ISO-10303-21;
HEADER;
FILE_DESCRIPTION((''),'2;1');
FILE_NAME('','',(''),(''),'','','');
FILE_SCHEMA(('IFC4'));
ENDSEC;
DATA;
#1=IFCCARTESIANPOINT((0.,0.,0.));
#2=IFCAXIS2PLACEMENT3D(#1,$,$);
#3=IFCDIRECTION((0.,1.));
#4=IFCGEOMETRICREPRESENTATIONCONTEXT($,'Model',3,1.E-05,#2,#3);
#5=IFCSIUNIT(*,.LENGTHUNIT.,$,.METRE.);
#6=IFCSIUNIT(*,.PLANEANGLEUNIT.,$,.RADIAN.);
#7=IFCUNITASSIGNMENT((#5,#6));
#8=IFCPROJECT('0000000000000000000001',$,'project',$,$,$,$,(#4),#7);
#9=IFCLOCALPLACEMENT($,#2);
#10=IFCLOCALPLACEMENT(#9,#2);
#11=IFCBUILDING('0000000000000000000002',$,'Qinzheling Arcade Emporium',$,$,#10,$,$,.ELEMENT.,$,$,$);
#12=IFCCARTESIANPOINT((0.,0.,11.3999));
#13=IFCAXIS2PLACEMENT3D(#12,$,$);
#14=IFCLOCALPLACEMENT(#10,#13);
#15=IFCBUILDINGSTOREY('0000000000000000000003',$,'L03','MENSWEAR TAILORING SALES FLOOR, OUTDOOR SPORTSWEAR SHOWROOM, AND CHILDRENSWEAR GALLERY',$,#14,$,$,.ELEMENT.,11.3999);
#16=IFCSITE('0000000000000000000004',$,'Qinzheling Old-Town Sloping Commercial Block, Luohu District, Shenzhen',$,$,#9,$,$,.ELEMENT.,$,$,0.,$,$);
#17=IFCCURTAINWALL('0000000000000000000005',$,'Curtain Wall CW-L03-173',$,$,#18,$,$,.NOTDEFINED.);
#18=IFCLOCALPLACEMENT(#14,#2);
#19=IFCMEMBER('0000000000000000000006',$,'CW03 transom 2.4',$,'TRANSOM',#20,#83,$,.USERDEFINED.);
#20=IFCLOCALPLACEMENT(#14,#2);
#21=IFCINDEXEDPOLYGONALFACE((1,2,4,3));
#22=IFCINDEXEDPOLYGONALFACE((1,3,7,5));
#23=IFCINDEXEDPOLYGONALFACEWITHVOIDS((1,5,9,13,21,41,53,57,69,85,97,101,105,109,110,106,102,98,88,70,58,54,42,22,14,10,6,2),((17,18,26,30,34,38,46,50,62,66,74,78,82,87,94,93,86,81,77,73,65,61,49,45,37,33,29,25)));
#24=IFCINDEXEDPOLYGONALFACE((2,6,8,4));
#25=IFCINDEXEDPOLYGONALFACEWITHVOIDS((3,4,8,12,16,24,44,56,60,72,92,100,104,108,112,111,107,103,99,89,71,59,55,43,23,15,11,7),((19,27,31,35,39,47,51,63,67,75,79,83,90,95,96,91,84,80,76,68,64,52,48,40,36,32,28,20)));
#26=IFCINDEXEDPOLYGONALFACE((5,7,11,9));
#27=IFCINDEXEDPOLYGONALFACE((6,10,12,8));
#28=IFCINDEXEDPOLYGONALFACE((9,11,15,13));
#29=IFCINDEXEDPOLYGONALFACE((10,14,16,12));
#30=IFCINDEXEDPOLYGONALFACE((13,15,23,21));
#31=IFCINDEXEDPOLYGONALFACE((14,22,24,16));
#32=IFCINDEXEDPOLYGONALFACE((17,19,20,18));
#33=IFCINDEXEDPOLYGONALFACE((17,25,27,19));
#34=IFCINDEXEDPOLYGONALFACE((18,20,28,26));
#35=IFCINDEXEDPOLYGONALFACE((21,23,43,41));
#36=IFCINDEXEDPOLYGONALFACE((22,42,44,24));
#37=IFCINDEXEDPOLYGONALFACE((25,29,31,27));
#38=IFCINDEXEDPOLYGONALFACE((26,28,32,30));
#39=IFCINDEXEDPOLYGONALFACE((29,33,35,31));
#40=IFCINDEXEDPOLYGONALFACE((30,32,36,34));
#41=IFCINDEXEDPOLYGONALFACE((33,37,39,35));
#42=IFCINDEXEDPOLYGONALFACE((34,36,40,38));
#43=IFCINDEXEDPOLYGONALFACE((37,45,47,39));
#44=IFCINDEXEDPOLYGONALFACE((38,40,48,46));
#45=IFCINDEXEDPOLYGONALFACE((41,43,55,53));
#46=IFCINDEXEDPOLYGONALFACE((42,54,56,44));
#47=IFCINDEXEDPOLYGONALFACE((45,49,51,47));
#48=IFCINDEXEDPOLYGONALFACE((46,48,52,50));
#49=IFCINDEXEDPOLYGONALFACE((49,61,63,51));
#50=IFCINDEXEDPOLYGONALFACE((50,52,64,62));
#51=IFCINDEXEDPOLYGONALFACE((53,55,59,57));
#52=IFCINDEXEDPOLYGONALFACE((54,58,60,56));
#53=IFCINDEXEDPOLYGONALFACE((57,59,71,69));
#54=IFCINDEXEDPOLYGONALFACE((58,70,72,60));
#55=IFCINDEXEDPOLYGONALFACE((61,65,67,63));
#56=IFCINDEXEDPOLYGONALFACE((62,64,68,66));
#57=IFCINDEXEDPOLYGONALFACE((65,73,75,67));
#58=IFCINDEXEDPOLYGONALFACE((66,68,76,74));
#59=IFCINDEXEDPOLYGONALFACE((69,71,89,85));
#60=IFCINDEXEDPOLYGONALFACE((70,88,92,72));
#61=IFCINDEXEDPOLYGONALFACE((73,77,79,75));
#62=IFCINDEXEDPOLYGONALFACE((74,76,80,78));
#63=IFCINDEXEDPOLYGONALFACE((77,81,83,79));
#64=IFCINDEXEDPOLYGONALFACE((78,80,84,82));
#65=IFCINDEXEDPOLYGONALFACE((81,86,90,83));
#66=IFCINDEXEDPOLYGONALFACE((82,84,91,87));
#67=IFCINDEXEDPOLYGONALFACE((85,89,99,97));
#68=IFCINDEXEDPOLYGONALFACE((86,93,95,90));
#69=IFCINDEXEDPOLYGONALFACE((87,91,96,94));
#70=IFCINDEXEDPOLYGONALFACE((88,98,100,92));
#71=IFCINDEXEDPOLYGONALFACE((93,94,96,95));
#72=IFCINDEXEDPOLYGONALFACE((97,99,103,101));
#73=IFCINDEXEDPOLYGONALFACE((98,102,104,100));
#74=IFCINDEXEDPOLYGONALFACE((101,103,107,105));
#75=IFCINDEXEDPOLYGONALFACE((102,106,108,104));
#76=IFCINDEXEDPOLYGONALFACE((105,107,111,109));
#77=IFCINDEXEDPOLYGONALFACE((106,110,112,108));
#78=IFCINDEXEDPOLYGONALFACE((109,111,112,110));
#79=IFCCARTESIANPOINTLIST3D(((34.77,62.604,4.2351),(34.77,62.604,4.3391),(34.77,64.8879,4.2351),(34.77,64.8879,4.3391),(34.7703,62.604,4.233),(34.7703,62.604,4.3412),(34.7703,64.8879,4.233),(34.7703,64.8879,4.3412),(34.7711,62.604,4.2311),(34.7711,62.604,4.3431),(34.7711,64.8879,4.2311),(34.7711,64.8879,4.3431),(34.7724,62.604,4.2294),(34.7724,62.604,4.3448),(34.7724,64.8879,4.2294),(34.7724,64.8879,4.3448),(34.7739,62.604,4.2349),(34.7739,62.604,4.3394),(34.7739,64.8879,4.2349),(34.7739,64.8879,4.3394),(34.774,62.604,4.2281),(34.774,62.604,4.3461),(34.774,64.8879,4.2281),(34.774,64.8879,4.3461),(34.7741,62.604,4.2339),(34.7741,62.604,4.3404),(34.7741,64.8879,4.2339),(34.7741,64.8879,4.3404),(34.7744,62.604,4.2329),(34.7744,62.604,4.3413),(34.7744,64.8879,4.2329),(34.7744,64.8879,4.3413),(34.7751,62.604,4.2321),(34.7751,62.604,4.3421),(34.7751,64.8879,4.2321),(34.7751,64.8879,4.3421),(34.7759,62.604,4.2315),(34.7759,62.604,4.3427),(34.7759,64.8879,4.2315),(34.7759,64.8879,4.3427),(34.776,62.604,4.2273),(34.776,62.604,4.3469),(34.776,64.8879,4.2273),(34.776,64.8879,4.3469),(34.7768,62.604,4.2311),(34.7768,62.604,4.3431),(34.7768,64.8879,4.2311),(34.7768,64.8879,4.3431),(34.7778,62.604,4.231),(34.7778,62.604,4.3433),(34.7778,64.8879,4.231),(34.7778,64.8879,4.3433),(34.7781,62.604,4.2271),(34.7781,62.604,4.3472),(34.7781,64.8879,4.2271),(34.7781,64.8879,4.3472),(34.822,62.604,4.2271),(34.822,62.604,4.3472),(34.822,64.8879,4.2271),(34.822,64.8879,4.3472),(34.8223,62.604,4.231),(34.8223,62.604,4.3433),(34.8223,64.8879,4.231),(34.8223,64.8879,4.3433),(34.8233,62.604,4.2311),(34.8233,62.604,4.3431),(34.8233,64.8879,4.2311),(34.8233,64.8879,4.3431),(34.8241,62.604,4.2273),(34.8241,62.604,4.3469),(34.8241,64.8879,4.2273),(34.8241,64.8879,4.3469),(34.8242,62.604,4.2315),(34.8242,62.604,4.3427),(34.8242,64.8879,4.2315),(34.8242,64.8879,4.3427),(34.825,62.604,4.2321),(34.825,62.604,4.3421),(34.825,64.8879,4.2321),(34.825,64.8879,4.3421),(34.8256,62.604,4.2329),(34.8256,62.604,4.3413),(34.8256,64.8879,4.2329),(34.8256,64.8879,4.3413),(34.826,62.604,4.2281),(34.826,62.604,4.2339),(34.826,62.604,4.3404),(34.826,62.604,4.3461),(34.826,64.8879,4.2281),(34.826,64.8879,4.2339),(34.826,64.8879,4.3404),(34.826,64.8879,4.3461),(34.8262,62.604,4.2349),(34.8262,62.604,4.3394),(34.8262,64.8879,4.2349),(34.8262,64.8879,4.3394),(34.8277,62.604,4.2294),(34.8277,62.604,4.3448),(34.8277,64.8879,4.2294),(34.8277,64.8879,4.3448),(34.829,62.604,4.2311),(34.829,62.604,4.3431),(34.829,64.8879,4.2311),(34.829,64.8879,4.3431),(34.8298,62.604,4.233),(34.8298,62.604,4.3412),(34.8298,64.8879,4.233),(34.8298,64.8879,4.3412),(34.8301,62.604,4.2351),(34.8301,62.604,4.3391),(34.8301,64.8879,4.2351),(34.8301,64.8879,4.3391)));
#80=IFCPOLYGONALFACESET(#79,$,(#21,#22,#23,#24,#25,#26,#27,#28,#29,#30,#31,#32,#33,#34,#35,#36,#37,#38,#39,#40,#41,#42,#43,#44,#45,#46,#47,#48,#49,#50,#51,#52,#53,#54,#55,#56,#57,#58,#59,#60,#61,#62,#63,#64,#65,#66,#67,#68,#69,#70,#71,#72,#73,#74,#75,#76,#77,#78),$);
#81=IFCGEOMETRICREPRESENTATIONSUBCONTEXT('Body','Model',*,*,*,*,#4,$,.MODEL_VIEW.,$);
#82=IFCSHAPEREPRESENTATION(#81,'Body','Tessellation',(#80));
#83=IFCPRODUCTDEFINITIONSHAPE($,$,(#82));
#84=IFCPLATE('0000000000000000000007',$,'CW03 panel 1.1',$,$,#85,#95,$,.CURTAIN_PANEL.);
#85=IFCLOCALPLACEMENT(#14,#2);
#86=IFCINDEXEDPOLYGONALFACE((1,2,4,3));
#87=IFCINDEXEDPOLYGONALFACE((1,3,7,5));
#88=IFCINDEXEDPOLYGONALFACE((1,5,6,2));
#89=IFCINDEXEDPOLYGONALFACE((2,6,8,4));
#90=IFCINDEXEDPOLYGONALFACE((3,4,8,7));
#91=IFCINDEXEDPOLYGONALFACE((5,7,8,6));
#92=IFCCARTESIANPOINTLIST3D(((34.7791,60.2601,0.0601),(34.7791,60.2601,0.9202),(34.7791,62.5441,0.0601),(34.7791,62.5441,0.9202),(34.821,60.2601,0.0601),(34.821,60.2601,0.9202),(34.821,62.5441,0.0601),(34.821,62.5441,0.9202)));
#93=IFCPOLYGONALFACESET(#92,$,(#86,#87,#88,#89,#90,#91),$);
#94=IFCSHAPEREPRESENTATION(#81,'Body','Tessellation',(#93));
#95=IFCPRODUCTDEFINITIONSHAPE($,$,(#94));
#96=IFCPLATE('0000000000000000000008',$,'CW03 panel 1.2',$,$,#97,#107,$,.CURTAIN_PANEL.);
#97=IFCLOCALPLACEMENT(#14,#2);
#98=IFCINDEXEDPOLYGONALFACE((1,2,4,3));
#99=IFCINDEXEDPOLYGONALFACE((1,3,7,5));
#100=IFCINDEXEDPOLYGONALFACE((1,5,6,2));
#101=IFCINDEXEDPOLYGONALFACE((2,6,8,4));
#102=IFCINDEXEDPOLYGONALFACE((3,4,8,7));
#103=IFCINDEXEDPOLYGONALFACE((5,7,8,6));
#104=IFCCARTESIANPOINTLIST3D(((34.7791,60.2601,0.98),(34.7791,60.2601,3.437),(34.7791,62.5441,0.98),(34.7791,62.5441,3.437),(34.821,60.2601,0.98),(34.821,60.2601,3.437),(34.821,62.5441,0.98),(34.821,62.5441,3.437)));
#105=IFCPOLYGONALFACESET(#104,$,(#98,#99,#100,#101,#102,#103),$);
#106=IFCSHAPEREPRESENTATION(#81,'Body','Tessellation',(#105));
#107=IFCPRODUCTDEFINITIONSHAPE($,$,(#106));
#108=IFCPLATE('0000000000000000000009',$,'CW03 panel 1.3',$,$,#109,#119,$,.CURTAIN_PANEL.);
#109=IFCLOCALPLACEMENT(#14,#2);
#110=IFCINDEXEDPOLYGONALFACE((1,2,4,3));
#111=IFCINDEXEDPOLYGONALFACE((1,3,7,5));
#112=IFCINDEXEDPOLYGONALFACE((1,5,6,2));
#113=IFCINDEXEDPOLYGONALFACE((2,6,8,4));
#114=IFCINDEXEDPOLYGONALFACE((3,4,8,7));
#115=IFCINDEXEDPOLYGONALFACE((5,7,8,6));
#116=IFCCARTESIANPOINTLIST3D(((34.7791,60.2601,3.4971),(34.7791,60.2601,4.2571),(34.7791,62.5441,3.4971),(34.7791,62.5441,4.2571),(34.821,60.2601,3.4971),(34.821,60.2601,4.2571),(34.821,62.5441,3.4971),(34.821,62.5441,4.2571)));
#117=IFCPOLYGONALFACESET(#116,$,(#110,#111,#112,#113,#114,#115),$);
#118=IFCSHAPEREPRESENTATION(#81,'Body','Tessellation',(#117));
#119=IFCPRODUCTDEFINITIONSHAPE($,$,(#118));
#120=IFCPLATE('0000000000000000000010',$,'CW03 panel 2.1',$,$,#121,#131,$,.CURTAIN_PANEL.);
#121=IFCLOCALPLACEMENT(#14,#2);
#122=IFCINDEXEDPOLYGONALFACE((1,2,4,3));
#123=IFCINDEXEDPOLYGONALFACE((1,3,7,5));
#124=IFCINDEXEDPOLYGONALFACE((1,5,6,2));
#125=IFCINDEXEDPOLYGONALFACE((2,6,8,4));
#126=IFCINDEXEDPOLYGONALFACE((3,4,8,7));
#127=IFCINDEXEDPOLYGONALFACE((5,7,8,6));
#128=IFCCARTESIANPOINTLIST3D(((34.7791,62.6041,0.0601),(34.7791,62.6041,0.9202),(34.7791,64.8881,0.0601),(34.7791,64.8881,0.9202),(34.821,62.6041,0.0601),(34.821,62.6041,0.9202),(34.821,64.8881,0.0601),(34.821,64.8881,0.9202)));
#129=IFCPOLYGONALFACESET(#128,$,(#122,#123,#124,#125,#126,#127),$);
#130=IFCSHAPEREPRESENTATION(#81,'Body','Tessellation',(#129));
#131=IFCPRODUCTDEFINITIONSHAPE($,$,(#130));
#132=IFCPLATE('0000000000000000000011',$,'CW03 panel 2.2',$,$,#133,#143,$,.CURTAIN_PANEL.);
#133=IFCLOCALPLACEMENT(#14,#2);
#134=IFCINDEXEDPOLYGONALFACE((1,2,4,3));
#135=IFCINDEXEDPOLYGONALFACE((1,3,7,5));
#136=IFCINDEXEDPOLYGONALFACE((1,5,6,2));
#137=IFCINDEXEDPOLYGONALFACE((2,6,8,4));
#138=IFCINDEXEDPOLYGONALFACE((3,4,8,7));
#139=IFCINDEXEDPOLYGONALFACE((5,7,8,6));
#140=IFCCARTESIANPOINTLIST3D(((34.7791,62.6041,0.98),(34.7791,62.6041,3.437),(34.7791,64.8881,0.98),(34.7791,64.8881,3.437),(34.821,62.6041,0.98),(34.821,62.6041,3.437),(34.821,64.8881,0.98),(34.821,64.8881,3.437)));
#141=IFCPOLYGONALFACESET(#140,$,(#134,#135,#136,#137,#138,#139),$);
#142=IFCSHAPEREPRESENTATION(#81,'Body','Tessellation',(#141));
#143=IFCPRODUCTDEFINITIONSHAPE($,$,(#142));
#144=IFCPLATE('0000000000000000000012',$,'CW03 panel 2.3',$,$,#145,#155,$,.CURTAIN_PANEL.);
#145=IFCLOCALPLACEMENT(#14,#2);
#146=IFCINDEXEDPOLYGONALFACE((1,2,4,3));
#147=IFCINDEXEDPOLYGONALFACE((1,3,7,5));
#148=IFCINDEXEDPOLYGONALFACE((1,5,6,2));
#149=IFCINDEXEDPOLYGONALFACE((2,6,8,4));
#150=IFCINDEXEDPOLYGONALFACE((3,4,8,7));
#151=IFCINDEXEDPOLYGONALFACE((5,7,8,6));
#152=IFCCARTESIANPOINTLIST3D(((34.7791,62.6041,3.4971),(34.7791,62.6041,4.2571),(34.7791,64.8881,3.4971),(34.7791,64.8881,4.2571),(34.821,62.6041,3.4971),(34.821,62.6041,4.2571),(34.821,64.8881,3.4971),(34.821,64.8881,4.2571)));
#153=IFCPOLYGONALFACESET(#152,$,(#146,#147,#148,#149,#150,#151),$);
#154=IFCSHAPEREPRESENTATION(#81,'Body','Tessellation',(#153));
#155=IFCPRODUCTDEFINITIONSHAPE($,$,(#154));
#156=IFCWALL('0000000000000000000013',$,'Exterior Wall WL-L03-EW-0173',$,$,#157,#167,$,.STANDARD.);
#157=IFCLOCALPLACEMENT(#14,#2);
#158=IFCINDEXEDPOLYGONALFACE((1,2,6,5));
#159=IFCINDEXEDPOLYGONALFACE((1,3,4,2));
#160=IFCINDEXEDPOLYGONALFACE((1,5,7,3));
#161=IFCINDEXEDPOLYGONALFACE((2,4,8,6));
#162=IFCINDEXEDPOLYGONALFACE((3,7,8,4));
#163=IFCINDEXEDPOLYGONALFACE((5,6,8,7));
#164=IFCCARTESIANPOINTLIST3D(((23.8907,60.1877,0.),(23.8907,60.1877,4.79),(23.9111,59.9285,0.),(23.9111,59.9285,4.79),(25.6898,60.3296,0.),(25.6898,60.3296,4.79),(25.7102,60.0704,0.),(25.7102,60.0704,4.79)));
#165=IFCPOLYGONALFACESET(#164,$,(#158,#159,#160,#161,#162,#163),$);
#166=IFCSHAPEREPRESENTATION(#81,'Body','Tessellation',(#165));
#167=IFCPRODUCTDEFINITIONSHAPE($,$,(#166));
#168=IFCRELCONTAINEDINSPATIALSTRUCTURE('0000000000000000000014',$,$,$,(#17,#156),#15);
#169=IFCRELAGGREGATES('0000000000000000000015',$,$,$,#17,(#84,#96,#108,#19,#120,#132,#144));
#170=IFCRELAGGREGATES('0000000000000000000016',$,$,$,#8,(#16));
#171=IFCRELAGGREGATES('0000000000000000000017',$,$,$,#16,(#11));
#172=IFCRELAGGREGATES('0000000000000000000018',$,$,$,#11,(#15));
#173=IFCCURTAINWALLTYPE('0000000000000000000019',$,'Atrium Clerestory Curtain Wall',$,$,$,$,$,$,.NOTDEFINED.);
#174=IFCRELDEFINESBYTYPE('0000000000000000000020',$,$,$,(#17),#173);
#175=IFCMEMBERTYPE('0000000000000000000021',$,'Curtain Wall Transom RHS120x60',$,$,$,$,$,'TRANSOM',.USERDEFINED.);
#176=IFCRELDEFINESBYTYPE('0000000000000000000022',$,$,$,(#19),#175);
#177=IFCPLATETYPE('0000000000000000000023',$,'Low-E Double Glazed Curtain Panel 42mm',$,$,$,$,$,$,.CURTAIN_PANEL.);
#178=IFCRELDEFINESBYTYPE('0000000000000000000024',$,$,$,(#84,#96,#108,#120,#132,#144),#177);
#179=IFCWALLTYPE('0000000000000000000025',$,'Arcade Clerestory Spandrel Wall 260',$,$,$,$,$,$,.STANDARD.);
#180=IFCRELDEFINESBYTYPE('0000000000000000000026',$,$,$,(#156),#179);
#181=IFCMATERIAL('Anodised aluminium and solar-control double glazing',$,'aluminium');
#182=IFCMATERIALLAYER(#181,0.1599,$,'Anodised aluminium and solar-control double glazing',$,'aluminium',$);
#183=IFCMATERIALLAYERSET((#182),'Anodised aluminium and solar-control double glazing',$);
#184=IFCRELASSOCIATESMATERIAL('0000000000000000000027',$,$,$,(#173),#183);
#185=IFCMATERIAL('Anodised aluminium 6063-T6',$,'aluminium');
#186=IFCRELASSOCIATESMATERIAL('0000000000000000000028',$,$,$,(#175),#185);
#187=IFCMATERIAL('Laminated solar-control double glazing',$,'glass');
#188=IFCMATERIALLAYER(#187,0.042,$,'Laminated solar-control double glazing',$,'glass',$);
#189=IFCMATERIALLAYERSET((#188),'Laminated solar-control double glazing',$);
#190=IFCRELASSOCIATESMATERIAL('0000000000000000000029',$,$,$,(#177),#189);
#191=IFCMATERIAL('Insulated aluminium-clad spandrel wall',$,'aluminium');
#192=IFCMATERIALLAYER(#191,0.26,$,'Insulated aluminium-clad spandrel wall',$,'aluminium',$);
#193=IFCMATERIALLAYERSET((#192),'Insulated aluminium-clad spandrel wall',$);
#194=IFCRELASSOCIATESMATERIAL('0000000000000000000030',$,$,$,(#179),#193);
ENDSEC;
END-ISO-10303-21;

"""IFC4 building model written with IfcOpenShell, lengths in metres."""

from ifc_helpers import new_model, si_unit, direction, frame, frame_2d, origin, origin_2d, place, context, subcontext, project, spatial, rectangle, hollow_rectangle, extrude, material, layer, layer_set, material_profile, profile_set, type_object, element, aggregate, save


model = new_model("IFC4")

# Units and contexts
model_context = context("Model", 3, precision=1e-05, world=origin(), true_north=direction((0.0, 1.0)))
body_context = subcontext(model_context, "Body", "Model", "MODEL_VIEW")
ifc_project = project(units=[si_unit("LENGTHUNIT", "METRE"), si_unit("PLANEANGLEUNIT", "RADIAN")], contexts=[model_context])

# Site, building, storey
site_placement = place(None, origin())
site = spatial("IfcSite", under=ifc_project, at=site_placement, Name="Qinzheling Old-Town Sloping Commercial Block, Luohu District, Shenzhen", CompositionType="ELEMENT", RefElevation=0.0)
building_placement = place(site_placement, origin())
building = spatial("IfcBuilding", under=site, at=building_placement, Name="Qinzheling Arcade Emporium", CompositionType="ELEMENT")
storey_placement = place(building_placement, frame((0.0, 0.0, 11.3999)))
storey = spatial("IfcBuildingStorey", under=building, at=storey_placement, Name="L03", Description="MENSWEAR TAILORING SALES FLOOR, OUTDOOR SPORTSWEAR SHOWROOM, AND CHILDRENSWEAR GALLERY", CompositionType="ELEMENT", Elevation=11.3999)

# Curtain wall, member, plates
ifc_material_1 = material(Name="Anodised aluminium and solar-control double glazing", Category="aluminium")
ifc_layer_1 = layer(ifc_material_1, 0.1599, Name="Anodised aluminium and solar-control double glazing", Category="aluminium")
ifc_layer_set_1 = layer_set([ifc_layer_1], Name="Anodised aluminium and solar-control double glazing")
curtain_wall_type = type_object("IfcCurtainWallType", Name="Atrium Clerestory Curtain Wall", PredefinedType="NOTDEFINED", material=ifc_layer_set_1)
curtain_wall_placement = place(storey_placement, origin())
curtain_wall = element("IfcCurtainWall", 1, at=curtain_wall_placement, inside=storey, type_object=curtain_wall_type, Name="Curtain Wall CW-L03-173", PredefinedType="NOTDEFINED")
ifc_material_2 = material(Name="Anodised aluminium 6063-T6", Category="aluminium")
ifc_material_profile_1 = material_profile(ifc_material_2, hollow_rectangle(XDim=0.0601, YDim=0.1201, WallThickness=0.0039, InnerFilletRadius=0.0039, OuterFilletRadius=0.0081, at=origin_2d()), Name="RHS 120x60x4", Category="aluminium")
ifc_profile_set_1 = profile_set([ifc_material_profile_1], Name="Anodised aluminium 6063-T6")
member_type_1 = type_object("IfcMemberType", Name="Curtain Wall Transom RHS120x60", ElementType="TRANSOM", PredefinedType="USERDEFINED", material=ifc_profile_set_1)
member_1_placement = place(storey_placement, frame((34.8, 62.604, 4.2871), z_axis=(0.0, 1.0, 0.0), x_axis=(-1.0, 0.0, 0.0)))
member_1 = element("IfcMember", 2, at=member_1_placement, type_object=member_type_1, Name="CW03 transom 2.4", ObjectType="TRANSOM", PredefinedType="USERDEFINED", context=body_context, shape_type="SweptSolid", body=[
    extrude(hollow_rectangle(XDim=0.0601, YDim=0.1201, WallThickness=0.0039, InnerFilletRadius=0.0039, OuterFilletRadius=0.0081, at=origin_2d()), origin(), (0.0, 0.0, 1.0), 2.2839),
])
ifc_material_3 = material(Name="Laminated solar-control double glazing", Category="glass")
ifc_layer_2 = layer(ifc_material_3, 0.042, Name="Laminated solar-control double glazing", Category="glass")
ifc_layer_set_2 = layer_set([ifc_layer_2], Name="Laminated solar-control double glazing")
plate_type = type_object("IfcPlateType", Name="Low-E Double Glazed Curtain Panel 42mm", PredefinedType="CURTAIN_PANEL", material=ifc_layer_set_2)
plate_1_placement = place(storey_placement, frame((34.8, 61.4021, 0.0601), z_axis=(0.0, 0.0, 1.0), x_axis=(0.0, 1.0, 0.0)))
plate_1 = element("IfcPlate", 3, at=plate_1_placement, type_object=plate_type, Name="CW03 panel 1.1", PredefinedType="CURTAIN_PANEL", context=body_context, shape_type="SweptSolid", body=[
    extrude(rectangle(XDim=2.2839, YDim=0.042, at=origin_2d()), origin(), (0.0, 0.0, 1.0), 0.8601),
])
plate_2_placement = place(storey_placement, frame((34.8, 61.4021, 0.98), z_axis=(0.0, 0.0, 1.0), x_axis=(0.0, 1.0, 0.0)))
plate_2 = element("IfcPlate", 4, at=plate_2_placement, type_object=plate_type, Name="CW03 panel 1.2", PredefinedType="CURTAIN_PANEL", context=body_context, shape_type="SweptSolid", body=[
    extrude(rectangle(XDim=2.2839, YDim=0.042, at=origin_2d()), origin(), (0.0, 0.0, 1.0), 2.457),
])
plate_3_placement = place(storey_placement, frame((34.8, 61.4021, 3.4971), z_axis=(0.0, 0.0, 1.0), x_axis=(0.0, 1.0, 0.0)))
plate_3 = element("IfcPlate", 5, at=plate_3_placement, type_object=plate_type, Name="CW03 panel 1.3", PredefinedType="CURTAIN_PANEL", context=body_context, shape_type="SweptSolid", body=[
    extrude(rectangle(XDim=2.2839, YDim=0.042, at=origin_2d()), origin(), (0.0, 0.0, 1.0), 0.76),
])
plate_4_placement = place(storey_placement, frame((34.8, 63.7461, 0.0601), z_axis=(0.0, 0.0, 1.0), x_axis=(0.0, 1.0, 0.0)))
plate_4 = element("IfcPlate", 6, at=plate_4_placement, type_object=plate_type, Name="CW03 panel 2.1", PredefinedType="CURTAIN_PANEL", context=body_context, shape_type="SweptSolid", body=[
    extrude(rectangle(XDim=2.2839, YDim=0.042, at=origin_2d()), origin(), (0.0, 0.0, 1.0), 0.8601),
])
plate_5_placement = place(storey_placement, frame((34.8, 63.7461, 0.98), z_axis=(0.0, 0.0, 1.0), x_axis=(0.0, 1.0, 0.0)))
plate_5 = element("IfcPlate", 7, at=plate_5_placement, type_object=plate_type, Name="CW03 panel 2.2", PredefinedType="CURTAIN_PANEL", context=body_context, shape_type="SweptSolid", body=[
    extrude(rectangle(XDim=2.2839, YDim=0.042, at=origin_2d()), origin(), (0.0, 0.0, 1.0), 2.457),
])
plate_6_placement = place(storey_placement, frame((34.8, 63.7461, 3.4971), z_axis=(0.0, 0.0, 1.0), x_axis=(0.0, 1.0, 0.0)))
plate_6 = element("IfcPlate", 8, at=plate_6_placement, type_object=plate_type, Name="CW03 panel 2.3", PredefinedType="CURTAIN_PANEL", context=body_context, shape_type="SweptSolid", body=[
    extrude(rectangle(XDim=2.2839, YDim=0.042, at=origin_2d()), origin(), (0.0, 0.0, 1.0), 0.76),
])
aggregate(curtain_wall, [plate_1, plate_2, plate_3, member_1, plate_4, plate_5, plate_6])

# Wall
ifc_material_4 = material(Name="Insulated aluminium-clad spandrel wall", Category="aluminium")
ifc_layer_3 = layer(ifc_material_4, 0.26, Name="Insulated aluminium-clad spandrel wall", Category="aluminium")
ifc_layer_set_3 = layer_set([ifc_layer_3], Name="Insulated aluminium-clad spandrel wall")
wall_type_1 = type_object("IfcWallType", Name="Arcade Clerestory Spandrel Wall 260", PredefinedType="STANDARD", material=ifc_layer_set_3)
wall_1_placement = place(storey_placement, frame((23.9009, 60.0581, 0.0), z_axis=(0.0, 0.0, 1.0), x_axis=(0.996906, 0.0786, 0.0)))
element("IfcWall", 9, at=wall_1_placement, inside=storey, type_object=wall_type_1, Name="Exterior Wall WL-L03-EW-0173", PredefinedType="STANDARD", context=body_context, shape_type="SweptSolid", body=[
    extrude(rectangle(XDim=1.8047, YDim=0.26, at=frame_2d((0.9023, 0.0))), origin(), (0.0, 0.0, 1.0), 4.79),
])

save(model, "model.ifc")
